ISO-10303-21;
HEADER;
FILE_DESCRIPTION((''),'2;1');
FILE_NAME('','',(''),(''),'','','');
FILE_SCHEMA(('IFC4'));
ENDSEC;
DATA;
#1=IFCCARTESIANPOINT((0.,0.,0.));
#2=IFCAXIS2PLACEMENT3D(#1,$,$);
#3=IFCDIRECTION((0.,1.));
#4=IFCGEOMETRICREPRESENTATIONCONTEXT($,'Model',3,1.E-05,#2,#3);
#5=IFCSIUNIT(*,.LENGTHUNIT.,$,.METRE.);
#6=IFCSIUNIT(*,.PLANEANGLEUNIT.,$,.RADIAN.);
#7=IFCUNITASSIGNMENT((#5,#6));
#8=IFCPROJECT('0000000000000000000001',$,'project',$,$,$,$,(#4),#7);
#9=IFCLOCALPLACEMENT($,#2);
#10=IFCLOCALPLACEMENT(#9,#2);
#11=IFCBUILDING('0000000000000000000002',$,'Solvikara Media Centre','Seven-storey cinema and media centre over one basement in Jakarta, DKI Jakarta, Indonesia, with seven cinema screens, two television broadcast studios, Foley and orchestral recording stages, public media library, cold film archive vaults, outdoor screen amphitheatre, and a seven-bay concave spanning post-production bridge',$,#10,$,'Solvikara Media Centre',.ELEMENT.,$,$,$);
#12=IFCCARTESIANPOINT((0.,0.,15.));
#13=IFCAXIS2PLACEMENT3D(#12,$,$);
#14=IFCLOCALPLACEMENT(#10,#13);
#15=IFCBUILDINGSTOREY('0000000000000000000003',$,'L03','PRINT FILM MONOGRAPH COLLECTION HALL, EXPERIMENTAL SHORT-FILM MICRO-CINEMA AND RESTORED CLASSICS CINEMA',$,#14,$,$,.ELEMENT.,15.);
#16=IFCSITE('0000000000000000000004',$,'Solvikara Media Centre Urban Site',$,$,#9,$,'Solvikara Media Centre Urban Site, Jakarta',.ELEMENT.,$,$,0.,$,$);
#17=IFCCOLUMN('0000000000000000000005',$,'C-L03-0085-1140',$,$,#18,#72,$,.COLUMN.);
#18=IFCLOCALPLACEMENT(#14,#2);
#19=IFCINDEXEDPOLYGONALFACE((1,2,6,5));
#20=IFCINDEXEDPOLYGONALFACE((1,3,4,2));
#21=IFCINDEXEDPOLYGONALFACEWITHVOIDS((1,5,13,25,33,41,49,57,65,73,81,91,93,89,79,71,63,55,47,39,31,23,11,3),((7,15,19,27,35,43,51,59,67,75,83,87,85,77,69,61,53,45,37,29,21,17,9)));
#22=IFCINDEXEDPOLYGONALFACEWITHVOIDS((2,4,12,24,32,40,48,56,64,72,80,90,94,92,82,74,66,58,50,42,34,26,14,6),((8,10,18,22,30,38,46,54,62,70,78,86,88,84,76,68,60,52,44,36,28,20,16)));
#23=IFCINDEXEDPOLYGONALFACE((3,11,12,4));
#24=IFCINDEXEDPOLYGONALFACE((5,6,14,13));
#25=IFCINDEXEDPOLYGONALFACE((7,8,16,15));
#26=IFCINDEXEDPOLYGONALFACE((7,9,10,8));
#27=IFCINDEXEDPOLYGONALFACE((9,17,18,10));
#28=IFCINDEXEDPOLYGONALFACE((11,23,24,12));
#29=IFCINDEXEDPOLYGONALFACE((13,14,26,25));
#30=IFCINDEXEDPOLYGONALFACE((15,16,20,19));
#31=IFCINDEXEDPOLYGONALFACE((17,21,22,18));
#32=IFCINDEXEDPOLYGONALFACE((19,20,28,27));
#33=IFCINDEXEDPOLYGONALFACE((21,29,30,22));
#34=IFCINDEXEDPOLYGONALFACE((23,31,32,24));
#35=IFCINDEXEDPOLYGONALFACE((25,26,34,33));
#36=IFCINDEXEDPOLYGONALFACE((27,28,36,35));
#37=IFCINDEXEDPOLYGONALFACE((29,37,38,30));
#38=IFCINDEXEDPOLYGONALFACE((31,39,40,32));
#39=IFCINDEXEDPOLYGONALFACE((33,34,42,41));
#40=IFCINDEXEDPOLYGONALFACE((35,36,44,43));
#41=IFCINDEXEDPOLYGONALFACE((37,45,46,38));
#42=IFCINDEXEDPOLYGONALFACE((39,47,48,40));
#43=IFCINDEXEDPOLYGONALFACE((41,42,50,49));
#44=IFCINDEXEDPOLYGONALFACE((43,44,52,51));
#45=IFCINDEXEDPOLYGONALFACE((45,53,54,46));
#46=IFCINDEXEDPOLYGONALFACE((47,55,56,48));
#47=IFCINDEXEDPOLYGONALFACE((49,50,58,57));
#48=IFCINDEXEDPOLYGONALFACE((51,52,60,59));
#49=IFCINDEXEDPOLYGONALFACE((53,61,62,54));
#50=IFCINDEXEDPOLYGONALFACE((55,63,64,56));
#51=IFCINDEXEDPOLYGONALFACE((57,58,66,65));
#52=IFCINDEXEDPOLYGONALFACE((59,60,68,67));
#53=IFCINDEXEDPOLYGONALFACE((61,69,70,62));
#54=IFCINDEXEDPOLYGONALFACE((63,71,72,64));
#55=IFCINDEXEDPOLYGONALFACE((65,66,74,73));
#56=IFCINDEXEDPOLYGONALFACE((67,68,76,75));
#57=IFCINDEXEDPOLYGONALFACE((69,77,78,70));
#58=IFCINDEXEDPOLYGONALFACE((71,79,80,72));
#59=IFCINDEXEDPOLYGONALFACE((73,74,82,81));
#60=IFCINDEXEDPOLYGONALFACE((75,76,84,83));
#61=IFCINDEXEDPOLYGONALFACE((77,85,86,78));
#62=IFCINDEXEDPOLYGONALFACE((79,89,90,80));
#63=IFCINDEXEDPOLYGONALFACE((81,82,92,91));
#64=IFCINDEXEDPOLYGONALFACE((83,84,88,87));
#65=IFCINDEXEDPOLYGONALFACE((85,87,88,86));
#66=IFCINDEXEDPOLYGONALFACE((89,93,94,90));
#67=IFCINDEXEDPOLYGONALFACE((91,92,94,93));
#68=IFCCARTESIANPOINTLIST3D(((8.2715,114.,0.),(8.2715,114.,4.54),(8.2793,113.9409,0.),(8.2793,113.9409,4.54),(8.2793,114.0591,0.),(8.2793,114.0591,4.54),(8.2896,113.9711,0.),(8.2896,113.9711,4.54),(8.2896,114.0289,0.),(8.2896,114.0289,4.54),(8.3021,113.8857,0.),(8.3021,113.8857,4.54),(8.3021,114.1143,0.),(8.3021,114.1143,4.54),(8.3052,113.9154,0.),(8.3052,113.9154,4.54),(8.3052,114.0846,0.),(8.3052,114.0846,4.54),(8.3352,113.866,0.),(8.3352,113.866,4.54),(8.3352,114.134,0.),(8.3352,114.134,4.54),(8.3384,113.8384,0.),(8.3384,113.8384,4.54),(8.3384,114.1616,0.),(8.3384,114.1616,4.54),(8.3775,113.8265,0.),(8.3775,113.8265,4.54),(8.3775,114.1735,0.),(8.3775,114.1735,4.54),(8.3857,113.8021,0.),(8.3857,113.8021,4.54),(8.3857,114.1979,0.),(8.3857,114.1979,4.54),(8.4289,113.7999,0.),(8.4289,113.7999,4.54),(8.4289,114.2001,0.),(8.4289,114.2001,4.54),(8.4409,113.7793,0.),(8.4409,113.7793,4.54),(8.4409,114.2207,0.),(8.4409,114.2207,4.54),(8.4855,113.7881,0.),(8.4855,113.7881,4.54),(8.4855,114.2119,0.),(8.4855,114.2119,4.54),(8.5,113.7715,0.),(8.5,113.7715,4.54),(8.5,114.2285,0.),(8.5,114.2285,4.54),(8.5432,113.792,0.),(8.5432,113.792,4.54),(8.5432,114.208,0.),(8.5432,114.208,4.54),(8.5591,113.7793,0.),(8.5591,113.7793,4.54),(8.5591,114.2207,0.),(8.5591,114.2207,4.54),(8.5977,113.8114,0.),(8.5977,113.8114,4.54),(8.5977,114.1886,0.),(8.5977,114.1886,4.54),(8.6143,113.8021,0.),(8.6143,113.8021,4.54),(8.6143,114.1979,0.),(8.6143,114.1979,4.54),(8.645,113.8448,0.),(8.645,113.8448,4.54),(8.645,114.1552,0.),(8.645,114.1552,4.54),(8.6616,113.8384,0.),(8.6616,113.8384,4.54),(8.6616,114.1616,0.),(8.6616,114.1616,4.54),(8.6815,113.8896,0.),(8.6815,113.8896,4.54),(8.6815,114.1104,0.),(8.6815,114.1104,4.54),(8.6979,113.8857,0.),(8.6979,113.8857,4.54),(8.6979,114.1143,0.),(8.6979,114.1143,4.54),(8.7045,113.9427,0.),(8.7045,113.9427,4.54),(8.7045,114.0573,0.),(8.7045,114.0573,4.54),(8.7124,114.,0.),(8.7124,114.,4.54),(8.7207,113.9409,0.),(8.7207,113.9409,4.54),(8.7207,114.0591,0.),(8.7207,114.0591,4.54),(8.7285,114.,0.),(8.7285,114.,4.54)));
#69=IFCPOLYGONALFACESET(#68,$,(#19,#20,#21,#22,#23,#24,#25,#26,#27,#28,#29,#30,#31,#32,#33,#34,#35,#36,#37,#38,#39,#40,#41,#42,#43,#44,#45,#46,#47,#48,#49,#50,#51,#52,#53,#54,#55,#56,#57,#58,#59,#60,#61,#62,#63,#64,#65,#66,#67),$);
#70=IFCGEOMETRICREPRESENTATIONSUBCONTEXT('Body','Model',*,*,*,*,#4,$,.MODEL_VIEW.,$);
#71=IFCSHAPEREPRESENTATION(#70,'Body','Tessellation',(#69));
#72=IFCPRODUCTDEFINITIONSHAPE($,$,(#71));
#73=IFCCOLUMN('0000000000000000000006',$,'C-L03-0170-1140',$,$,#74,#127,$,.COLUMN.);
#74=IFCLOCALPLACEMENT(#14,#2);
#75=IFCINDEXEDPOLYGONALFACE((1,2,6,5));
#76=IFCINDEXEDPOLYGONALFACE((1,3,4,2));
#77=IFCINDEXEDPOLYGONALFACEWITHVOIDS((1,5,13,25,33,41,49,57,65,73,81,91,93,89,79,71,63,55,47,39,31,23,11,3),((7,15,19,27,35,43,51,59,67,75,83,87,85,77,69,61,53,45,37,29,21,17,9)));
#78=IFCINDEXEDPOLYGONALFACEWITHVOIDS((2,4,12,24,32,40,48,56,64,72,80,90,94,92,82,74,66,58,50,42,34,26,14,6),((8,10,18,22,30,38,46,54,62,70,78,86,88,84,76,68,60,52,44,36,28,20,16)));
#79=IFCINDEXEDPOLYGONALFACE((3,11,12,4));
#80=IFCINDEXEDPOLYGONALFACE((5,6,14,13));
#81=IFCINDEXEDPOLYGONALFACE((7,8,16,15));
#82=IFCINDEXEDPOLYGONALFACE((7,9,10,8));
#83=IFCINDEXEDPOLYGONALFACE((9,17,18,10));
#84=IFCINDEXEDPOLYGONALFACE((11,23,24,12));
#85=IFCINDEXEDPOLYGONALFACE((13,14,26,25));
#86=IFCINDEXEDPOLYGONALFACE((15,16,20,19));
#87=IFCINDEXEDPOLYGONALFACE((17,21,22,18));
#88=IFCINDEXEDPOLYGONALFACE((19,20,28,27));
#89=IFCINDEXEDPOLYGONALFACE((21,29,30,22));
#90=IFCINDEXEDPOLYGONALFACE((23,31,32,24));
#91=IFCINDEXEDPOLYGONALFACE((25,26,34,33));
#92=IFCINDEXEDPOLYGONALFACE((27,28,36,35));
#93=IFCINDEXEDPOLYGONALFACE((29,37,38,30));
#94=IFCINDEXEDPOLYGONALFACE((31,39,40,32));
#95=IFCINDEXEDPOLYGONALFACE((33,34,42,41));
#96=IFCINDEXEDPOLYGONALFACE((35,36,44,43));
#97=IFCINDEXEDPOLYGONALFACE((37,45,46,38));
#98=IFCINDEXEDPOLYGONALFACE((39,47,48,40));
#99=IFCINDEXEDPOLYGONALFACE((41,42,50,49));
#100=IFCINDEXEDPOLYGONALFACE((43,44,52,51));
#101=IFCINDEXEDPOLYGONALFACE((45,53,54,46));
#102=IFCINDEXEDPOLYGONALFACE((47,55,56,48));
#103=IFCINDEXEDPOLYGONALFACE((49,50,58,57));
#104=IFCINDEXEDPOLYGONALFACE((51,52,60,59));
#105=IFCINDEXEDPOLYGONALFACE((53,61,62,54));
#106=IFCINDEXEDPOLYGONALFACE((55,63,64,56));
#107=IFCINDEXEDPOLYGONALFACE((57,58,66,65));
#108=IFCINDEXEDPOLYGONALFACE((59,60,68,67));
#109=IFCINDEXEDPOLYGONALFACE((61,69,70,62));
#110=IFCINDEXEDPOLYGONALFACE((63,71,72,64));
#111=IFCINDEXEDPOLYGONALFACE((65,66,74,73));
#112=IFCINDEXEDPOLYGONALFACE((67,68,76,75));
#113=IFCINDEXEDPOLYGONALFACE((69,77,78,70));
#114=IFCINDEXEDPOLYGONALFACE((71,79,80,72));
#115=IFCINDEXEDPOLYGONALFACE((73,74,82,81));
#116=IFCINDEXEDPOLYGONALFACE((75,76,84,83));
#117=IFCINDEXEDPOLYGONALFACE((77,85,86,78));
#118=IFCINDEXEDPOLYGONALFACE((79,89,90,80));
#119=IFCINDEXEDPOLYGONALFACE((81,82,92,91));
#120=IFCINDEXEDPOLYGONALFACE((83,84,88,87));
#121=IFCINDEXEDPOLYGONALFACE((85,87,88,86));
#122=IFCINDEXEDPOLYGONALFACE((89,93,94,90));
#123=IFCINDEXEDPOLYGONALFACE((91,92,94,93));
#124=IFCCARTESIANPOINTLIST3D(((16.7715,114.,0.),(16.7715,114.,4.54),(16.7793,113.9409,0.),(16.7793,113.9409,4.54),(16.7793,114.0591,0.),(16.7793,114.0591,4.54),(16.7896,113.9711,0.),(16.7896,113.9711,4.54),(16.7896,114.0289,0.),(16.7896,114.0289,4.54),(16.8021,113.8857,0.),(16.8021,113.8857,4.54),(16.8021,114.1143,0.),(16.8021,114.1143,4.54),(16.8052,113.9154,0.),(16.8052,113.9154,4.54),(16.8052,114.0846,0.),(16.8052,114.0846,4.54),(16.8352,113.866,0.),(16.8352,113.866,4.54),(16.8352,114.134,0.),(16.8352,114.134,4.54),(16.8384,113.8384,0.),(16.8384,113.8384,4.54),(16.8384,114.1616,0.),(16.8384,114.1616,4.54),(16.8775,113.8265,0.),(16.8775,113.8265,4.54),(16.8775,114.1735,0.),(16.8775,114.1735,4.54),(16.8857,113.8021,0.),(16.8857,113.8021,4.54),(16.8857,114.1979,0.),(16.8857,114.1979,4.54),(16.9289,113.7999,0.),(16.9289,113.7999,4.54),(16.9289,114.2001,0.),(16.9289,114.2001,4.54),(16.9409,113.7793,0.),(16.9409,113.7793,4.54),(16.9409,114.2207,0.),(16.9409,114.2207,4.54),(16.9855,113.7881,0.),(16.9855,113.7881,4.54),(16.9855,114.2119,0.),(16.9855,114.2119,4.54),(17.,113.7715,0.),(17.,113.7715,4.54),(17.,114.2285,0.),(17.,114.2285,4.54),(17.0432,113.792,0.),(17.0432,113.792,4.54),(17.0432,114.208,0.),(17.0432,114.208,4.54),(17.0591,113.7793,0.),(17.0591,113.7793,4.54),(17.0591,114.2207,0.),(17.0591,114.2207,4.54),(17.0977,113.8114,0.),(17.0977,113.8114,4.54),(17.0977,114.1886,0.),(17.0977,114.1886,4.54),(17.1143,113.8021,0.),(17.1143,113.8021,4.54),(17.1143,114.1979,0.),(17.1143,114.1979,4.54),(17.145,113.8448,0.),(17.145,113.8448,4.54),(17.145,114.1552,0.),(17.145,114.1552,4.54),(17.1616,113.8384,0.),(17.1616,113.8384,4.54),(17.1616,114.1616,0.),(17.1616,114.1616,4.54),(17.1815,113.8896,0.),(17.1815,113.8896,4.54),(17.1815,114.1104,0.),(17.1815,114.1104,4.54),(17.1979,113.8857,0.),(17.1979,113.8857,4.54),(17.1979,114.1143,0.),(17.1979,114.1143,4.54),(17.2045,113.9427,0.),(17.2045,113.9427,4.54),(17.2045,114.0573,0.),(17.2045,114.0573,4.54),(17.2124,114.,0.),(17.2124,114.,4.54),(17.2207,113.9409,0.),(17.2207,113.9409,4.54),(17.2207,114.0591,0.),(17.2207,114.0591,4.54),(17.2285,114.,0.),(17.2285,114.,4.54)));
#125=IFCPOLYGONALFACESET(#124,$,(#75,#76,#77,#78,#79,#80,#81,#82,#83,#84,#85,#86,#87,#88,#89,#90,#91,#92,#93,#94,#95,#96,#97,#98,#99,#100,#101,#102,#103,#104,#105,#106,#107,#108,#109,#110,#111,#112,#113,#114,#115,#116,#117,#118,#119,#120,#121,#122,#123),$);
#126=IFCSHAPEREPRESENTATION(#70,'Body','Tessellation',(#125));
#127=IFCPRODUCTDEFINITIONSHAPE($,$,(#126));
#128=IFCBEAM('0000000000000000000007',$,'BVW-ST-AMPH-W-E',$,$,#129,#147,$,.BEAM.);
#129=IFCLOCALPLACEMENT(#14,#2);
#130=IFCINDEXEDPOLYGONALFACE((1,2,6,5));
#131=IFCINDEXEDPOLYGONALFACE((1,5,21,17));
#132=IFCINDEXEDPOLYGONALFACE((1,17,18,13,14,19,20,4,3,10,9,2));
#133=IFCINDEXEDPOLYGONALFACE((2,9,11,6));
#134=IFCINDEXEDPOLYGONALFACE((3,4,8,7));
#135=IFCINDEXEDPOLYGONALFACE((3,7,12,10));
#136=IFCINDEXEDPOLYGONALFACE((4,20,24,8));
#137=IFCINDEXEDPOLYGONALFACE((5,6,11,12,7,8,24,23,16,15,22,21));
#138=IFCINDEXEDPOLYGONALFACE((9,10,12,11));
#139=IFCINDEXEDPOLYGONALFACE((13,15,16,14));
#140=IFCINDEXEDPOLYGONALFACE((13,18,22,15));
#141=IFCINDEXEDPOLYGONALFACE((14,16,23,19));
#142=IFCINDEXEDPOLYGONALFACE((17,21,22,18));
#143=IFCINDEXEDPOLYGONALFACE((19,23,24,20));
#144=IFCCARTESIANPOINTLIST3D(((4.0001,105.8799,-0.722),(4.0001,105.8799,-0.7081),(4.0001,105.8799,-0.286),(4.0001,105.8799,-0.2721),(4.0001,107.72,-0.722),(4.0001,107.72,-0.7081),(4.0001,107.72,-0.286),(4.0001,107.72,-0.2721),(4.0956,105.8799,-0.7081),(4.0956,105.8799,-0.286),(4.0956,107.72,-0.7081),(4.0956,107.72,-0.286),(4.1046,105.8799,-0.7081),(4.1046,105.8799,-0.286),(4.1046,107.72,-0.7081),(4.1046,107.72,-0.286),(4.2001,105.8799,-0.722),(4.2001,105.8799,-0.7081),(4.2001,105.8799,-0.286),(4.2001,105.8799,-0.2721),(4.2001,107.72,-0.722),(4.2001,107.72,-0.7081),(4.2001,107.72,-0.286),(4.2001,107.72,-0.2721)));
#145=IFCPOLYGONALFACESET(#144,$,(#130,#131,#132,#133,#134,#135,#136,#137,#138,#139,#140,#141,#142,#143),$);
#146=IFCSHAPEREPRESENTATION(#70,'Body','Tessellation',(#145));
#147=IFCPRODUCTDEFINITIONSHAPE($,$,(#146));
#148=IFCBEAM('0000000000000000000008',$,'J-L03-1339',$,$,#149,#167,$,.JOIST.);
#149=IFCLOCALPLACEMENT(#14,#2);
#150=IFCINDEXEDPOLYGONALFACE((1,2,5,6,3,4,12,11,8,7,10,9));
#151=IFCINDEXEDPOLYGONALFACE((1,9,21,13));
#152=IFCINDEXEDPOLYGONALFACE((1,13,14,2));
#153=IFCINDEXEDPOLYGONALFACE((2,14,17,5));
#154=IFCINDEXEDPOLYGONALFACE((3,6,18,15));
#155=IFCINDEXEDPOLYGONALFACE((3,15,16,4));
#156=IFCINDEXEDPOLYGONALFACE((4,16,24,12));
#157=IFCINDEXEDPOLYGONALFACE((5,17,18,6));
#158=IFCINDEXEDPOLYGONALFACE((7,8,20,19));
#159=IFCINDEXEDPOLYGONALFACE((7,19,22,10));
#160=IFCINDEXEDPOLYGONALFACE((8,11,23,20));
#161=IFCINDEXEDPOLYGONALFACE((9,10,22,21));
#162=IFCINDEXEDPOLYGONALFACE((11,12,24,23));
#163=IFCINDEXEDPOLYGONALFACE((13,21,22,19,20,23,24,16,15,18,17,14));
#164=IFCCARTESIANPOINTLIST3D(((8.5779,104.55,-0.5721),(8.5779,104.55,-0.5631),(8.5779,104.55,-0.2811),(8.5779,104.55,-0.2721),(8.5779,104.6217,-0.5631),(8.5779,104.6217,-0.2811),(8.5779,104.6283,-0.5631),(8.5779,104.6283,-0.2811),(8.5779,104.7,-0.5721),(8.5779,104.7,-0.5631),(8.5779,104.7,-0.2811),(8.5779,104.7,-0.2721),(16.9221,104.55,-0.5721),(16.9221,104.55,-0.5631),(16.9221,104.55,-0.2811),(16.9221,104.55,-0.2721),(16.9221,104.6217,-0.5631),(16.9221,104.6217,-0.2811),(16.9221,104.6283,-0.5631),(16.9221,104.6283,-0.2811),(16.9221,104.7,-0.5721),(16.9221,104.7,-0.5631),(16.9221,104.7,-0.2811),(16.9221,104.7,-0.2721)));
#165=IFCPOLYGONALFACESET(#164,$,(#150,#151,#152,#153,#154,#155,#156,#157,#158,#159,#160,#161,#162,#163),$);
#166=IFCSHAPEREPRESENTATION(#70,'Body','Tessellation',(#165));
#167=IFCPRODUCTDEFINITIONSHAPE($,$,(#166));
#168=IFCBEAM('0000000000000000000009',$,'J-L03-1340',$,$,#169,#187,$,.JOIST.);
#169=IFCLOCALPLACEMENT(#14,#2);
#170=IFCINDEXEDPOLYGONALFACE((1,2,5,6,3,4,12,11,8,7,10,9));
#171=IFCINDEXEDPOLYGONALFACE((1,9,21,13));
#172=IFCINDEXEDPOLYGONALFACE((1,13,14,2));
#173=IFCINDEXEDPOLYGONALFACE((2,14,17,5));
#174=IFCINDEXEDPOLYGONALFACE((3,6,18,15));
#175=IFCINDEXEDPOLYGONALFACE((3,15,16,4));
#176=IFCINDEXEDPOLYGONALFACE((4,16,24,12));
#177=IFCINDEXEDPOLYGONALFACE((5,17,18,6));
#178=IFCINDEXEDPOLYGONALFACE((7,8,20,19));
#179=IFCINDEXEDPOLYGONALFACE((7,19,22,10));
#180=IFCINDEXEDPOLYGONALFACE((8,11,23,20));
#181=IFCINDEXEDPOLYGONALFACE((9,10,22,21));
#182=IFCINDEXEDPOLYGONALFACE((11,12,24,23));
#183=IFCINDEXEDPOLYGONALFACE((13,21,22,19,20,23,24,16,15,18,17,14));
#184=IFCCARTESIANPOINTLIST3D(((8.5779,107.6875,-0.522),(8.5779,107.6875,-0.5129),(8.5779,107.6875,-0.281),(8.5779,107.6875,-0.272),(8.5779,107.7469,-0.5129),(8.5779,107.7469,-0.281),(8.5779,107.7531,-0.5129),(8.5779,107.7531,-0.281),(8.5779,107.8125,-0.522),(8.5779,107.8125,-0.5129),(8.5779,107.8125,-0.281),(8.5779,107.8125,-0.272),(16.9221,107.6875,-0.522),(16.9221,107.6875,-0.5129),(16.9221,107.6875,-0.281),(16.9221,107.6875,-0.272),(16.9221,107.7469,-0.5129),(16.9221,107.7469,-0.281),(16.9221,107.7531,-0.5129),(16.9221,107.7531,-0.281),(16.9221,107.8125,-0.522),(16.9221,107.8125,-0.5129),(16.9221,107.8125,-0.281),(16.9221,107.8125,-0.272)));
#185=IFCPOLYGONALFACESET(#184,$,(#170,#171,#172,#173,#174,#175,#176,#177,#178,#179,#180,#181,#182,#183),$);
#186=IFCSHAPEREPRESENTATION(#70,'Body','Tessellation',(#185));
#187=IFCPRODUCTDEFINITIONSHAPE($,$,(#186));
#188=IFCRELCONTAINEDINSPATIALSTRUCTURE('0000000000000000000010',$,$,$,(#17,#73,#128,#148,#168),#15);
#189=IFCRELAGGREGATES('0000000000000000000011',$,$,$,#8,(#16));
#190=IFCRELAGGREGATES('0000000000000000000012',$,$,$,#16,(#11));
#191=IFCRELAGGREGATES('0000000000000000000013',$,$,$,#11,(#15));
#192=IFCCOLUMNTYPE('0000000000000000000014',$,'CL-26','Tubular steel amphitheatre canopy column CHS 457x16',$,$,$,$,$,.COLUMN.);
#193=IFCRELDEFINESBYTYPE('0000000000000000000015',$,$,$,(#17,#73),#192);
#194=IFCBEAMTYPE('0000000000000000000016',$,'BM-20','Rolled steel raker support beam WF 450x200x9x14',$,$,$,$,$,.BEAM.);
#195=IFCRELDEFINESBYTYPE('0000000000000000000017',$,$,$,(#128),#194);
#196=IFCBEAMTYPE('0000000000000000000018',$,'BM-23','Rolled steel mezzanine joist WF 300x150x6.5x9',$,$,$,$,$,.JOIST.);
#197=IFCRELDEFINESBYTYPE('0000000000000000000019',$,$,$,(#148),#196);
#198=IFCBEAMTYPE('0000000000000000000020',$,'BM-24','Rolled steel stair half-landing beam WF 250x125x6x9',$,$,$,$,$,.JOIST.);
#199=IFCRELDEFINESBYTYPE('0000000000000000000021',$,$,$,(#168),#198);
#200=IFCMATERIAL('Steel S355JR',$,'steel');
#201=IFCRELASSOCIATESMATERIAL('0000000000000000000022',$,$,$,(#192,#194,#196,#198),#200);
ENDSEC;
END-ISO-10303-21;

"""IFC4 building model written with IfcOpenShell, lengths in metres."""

from ifc_helpers import new_model, si_unit, direction, frame, origin, origin_2d, place, context, subcontext, project, spatial, hollow_circle, i_section, extrude, material, material_profile, profile_set, type_object, element, save


model = new_model("IFC4")

# Units and contexts
model_context = context("Model", 3, precision=1e-05, world=origin(), true_north=direction((0.0, 1.0)))
body_context = subcontext(model_context, "Body", "Model", "MODEL_VIEW")
ifc_project = project(units=[si_unit("LENGTHUNIT", "METRE"), si_unit("PLANEANGLEUNIT", "RADIAN")], contexts=[model_context])

# Site, building, storey
site_placement = place(None, origin())
site = spatial("IfcSite", under=ifc_project, at=site_placement, Name="Solvikara Media Centre Urban Site", LongName="Solvikara Media Centre Urban Site, Jakarta", CompositionType="ELEMENT", RefElevation=0.0)
building_placement = place(site_placement, origin())
building = spatial("IfcBuilding", under=site, at=building_placement, Name="Solvikara Media Centre", Description="Seven-storey cinema and media centre over one basement in Jakarta, DKI Jakarta, Indonesia, with seven cinema screens, two television broadcast studios, Foley and orchestral recording stages, public media library, cold film archive vaults, outdoor screen amphitheatre, and a seven-bay concave spanning post-production bridge", LongName="Solvikara Media Centre", CompositionType="ELEMENT")
storey_placement = place(building_placement, frame((0.0, 0.0, 15.0)))
storey = spatial("IfcBuildingStorey", under=building, at=storey_placement, Name="L03", Description="PRINT FILM MONOGRAPH COLLECTION HALL, EXPERIMENTAL SHORT-FILM MICRO-CINEMA AND RESTORED CLASSICS CINEMA", CompositionType="ELEMENT", Elevation=15.0)

# Columns
ifc_material_1 = material(Name="Steel S355JR", Category="steel")
ifc_material_profile_1 = material_profile(ifc_material_1, hollow_circle(Radius=0.2285, WallThickness=0.0161, at=origin_2d()), Name="CHS 457x16")
ifc_profile_set_1 = profile_set([ifc_material_profile_1], Name="Steel S355JR")
column_type = type_object("IfcColumnType", Name="CL-26", Description="Tubular steel amphitheatre canopy column CHS 457x16", PredefinedType="COLUMN", material=ifc_profile_set_1)
for number, where, z_axis, x_axis, name in (
    (1, (8.5, 114.0, 0.0), (0.0, 0.0, 1.0), (1.0, 0.0, 0.0), "C-L03-0085-1140"),
    (2, (17.0, 114.0, 0.0), (0.0, 0.0, 1.0), (1.0, 0.0, 0.0), "C-L03-0170-1140"),
):
    element("IfcColumn", number, at=place(storey_placement, frame(where, z_axis=z_axis, x_axis=x_axis)), inside=storey, type_object=column_type, Name=name, PredefinedType="COLUMN", context=body_context, shape_type="SweptSolid", body=[
        extrude(hollow_circle(Radius=0.2285, WallThickness=0.0161, at=origin_2d()), origin(), (0.0, 0.0, 1.0), 4.54),
    ])

# Beams
ifc_material_profile_2 = material_profile(ifc_material_1, i_section(OverallWidth=0.2, OverallDepth=0.45, WebThickness=0.009, FlangeThickness=0.0139, at=origin_2d()), Name="WF 450x200x9x14")
ifc_profile_set_2 = profile_set([ifc_material_profile_2], Name="Steel S355JR")
beam_type_1 = type_object("IfcBeamType", Name="BM-20", Description="Rolled steel raker support beam WF 450x200x9x14", PredefinedType="BEAM", material=ifc_profile_set_2)
beam_1_placement = place(storey_placement, frame((4.1001, 105.8799, -0.4971), z_axis=(0.0, 1.0, 0.0), x_axis=(-1.0, 0.0, 0.0)))
element("IfcBeam", 3, at=beam_1_placement, inside=storey, type_object=beam_type_1, Name="BVW-ST-AMPH-W-E", PredefinedType="BEAM", context=body_context, shape_type="SweptSolid", body=[
    extrude(i_section(OverallWidth=0.2, OverallDepth=0.45, WebThickness=0.009, FlangeThickness=0.0139, at=origin_2d()), origin(), (0.0, 0.0, 1.0), 1.8401),
])
ifc_material_profile_3 = material_profile(ifc_material_1, i_section(OverallWidth=0.1499, OverallDepth=0.3, WebThickness=0.0066, FlangeThickness=0.009, at=origin_2d()), Name="WF 300x150x6.5x9")
ifc_profile_set_3 = profile_set([ifc_material_profile_3], Name="Steel S355JR")
beam_type_2 = type_object("IfcBeamType", Name="BM-23", Description="Rolled steel mezzanine joist WF 300x150x6.5x9", PredefinedType="JOIST", material=ifc_profile_set_3)
beam_2_placement = place(storey_placement, frame((8.5779, 104.625, -0.4221), z_axis=(1.0, 0.0, 0.0), x_axis=(0.0, 1.0, 0.0)))
element("IfcBeam", 4, at=beam_2_placement, inside=storey, type_object=beam_type_2, Name="J-L03-1339", PredefinedType="JOIST", context=body_context, shape_type="SweptSolid", body=[
    extrude(i_section(OverallWidth=0.1499, OverallDepth=0.3, WebThickness=0.0066, FlangeThickness=0.009, at=origin_2d()), origin(), (0.0, 0.0, 1.0), 8.3442),
])
ifc_material_profile_4 = material_profile(ifc_material_1, i_section(OverallWidth=0.125, OverallDepth=0.25, WebThickness=0.0061, FlangeThickness=0.009, at=origin_2d()), Name="WF 250x125x6x9")
ifc_profile_set_4 = profile_set([ifc_material_profile_4], Name="Steel S355JR")
beam_type_3 = type_object("IfcBeamType", Name="BM-24", Description="Rolled steel stair half-landing beam WF 250x125x6x9", PredefinedType="JOIST", material=ifc_profile_set_4)
beam_3_placement = place(storey_placement, frame((8.5779, 107.75, -0.397), z_axis=(1.0, 0.0, 0.0), x_axis=(0.0, 1.0, 0.0)))
element("IfcBeam", 5, at=beam_3_placement, inside=storey, type_object=beam_type_3, Name="J-L03-1340", PredefinedType="JOIST", context=body_context, shape_type="SweptSolid", body=[
    extrude(i_section(OverallWidth=0.125, OverallDepth=0.25, WebThickness=0.0061, FlangeThickness=0.009, at=origin_2d()), origin(), (0.0, 0.0, 1.0), 8.3442),
])

save(model, "model.ifc")
